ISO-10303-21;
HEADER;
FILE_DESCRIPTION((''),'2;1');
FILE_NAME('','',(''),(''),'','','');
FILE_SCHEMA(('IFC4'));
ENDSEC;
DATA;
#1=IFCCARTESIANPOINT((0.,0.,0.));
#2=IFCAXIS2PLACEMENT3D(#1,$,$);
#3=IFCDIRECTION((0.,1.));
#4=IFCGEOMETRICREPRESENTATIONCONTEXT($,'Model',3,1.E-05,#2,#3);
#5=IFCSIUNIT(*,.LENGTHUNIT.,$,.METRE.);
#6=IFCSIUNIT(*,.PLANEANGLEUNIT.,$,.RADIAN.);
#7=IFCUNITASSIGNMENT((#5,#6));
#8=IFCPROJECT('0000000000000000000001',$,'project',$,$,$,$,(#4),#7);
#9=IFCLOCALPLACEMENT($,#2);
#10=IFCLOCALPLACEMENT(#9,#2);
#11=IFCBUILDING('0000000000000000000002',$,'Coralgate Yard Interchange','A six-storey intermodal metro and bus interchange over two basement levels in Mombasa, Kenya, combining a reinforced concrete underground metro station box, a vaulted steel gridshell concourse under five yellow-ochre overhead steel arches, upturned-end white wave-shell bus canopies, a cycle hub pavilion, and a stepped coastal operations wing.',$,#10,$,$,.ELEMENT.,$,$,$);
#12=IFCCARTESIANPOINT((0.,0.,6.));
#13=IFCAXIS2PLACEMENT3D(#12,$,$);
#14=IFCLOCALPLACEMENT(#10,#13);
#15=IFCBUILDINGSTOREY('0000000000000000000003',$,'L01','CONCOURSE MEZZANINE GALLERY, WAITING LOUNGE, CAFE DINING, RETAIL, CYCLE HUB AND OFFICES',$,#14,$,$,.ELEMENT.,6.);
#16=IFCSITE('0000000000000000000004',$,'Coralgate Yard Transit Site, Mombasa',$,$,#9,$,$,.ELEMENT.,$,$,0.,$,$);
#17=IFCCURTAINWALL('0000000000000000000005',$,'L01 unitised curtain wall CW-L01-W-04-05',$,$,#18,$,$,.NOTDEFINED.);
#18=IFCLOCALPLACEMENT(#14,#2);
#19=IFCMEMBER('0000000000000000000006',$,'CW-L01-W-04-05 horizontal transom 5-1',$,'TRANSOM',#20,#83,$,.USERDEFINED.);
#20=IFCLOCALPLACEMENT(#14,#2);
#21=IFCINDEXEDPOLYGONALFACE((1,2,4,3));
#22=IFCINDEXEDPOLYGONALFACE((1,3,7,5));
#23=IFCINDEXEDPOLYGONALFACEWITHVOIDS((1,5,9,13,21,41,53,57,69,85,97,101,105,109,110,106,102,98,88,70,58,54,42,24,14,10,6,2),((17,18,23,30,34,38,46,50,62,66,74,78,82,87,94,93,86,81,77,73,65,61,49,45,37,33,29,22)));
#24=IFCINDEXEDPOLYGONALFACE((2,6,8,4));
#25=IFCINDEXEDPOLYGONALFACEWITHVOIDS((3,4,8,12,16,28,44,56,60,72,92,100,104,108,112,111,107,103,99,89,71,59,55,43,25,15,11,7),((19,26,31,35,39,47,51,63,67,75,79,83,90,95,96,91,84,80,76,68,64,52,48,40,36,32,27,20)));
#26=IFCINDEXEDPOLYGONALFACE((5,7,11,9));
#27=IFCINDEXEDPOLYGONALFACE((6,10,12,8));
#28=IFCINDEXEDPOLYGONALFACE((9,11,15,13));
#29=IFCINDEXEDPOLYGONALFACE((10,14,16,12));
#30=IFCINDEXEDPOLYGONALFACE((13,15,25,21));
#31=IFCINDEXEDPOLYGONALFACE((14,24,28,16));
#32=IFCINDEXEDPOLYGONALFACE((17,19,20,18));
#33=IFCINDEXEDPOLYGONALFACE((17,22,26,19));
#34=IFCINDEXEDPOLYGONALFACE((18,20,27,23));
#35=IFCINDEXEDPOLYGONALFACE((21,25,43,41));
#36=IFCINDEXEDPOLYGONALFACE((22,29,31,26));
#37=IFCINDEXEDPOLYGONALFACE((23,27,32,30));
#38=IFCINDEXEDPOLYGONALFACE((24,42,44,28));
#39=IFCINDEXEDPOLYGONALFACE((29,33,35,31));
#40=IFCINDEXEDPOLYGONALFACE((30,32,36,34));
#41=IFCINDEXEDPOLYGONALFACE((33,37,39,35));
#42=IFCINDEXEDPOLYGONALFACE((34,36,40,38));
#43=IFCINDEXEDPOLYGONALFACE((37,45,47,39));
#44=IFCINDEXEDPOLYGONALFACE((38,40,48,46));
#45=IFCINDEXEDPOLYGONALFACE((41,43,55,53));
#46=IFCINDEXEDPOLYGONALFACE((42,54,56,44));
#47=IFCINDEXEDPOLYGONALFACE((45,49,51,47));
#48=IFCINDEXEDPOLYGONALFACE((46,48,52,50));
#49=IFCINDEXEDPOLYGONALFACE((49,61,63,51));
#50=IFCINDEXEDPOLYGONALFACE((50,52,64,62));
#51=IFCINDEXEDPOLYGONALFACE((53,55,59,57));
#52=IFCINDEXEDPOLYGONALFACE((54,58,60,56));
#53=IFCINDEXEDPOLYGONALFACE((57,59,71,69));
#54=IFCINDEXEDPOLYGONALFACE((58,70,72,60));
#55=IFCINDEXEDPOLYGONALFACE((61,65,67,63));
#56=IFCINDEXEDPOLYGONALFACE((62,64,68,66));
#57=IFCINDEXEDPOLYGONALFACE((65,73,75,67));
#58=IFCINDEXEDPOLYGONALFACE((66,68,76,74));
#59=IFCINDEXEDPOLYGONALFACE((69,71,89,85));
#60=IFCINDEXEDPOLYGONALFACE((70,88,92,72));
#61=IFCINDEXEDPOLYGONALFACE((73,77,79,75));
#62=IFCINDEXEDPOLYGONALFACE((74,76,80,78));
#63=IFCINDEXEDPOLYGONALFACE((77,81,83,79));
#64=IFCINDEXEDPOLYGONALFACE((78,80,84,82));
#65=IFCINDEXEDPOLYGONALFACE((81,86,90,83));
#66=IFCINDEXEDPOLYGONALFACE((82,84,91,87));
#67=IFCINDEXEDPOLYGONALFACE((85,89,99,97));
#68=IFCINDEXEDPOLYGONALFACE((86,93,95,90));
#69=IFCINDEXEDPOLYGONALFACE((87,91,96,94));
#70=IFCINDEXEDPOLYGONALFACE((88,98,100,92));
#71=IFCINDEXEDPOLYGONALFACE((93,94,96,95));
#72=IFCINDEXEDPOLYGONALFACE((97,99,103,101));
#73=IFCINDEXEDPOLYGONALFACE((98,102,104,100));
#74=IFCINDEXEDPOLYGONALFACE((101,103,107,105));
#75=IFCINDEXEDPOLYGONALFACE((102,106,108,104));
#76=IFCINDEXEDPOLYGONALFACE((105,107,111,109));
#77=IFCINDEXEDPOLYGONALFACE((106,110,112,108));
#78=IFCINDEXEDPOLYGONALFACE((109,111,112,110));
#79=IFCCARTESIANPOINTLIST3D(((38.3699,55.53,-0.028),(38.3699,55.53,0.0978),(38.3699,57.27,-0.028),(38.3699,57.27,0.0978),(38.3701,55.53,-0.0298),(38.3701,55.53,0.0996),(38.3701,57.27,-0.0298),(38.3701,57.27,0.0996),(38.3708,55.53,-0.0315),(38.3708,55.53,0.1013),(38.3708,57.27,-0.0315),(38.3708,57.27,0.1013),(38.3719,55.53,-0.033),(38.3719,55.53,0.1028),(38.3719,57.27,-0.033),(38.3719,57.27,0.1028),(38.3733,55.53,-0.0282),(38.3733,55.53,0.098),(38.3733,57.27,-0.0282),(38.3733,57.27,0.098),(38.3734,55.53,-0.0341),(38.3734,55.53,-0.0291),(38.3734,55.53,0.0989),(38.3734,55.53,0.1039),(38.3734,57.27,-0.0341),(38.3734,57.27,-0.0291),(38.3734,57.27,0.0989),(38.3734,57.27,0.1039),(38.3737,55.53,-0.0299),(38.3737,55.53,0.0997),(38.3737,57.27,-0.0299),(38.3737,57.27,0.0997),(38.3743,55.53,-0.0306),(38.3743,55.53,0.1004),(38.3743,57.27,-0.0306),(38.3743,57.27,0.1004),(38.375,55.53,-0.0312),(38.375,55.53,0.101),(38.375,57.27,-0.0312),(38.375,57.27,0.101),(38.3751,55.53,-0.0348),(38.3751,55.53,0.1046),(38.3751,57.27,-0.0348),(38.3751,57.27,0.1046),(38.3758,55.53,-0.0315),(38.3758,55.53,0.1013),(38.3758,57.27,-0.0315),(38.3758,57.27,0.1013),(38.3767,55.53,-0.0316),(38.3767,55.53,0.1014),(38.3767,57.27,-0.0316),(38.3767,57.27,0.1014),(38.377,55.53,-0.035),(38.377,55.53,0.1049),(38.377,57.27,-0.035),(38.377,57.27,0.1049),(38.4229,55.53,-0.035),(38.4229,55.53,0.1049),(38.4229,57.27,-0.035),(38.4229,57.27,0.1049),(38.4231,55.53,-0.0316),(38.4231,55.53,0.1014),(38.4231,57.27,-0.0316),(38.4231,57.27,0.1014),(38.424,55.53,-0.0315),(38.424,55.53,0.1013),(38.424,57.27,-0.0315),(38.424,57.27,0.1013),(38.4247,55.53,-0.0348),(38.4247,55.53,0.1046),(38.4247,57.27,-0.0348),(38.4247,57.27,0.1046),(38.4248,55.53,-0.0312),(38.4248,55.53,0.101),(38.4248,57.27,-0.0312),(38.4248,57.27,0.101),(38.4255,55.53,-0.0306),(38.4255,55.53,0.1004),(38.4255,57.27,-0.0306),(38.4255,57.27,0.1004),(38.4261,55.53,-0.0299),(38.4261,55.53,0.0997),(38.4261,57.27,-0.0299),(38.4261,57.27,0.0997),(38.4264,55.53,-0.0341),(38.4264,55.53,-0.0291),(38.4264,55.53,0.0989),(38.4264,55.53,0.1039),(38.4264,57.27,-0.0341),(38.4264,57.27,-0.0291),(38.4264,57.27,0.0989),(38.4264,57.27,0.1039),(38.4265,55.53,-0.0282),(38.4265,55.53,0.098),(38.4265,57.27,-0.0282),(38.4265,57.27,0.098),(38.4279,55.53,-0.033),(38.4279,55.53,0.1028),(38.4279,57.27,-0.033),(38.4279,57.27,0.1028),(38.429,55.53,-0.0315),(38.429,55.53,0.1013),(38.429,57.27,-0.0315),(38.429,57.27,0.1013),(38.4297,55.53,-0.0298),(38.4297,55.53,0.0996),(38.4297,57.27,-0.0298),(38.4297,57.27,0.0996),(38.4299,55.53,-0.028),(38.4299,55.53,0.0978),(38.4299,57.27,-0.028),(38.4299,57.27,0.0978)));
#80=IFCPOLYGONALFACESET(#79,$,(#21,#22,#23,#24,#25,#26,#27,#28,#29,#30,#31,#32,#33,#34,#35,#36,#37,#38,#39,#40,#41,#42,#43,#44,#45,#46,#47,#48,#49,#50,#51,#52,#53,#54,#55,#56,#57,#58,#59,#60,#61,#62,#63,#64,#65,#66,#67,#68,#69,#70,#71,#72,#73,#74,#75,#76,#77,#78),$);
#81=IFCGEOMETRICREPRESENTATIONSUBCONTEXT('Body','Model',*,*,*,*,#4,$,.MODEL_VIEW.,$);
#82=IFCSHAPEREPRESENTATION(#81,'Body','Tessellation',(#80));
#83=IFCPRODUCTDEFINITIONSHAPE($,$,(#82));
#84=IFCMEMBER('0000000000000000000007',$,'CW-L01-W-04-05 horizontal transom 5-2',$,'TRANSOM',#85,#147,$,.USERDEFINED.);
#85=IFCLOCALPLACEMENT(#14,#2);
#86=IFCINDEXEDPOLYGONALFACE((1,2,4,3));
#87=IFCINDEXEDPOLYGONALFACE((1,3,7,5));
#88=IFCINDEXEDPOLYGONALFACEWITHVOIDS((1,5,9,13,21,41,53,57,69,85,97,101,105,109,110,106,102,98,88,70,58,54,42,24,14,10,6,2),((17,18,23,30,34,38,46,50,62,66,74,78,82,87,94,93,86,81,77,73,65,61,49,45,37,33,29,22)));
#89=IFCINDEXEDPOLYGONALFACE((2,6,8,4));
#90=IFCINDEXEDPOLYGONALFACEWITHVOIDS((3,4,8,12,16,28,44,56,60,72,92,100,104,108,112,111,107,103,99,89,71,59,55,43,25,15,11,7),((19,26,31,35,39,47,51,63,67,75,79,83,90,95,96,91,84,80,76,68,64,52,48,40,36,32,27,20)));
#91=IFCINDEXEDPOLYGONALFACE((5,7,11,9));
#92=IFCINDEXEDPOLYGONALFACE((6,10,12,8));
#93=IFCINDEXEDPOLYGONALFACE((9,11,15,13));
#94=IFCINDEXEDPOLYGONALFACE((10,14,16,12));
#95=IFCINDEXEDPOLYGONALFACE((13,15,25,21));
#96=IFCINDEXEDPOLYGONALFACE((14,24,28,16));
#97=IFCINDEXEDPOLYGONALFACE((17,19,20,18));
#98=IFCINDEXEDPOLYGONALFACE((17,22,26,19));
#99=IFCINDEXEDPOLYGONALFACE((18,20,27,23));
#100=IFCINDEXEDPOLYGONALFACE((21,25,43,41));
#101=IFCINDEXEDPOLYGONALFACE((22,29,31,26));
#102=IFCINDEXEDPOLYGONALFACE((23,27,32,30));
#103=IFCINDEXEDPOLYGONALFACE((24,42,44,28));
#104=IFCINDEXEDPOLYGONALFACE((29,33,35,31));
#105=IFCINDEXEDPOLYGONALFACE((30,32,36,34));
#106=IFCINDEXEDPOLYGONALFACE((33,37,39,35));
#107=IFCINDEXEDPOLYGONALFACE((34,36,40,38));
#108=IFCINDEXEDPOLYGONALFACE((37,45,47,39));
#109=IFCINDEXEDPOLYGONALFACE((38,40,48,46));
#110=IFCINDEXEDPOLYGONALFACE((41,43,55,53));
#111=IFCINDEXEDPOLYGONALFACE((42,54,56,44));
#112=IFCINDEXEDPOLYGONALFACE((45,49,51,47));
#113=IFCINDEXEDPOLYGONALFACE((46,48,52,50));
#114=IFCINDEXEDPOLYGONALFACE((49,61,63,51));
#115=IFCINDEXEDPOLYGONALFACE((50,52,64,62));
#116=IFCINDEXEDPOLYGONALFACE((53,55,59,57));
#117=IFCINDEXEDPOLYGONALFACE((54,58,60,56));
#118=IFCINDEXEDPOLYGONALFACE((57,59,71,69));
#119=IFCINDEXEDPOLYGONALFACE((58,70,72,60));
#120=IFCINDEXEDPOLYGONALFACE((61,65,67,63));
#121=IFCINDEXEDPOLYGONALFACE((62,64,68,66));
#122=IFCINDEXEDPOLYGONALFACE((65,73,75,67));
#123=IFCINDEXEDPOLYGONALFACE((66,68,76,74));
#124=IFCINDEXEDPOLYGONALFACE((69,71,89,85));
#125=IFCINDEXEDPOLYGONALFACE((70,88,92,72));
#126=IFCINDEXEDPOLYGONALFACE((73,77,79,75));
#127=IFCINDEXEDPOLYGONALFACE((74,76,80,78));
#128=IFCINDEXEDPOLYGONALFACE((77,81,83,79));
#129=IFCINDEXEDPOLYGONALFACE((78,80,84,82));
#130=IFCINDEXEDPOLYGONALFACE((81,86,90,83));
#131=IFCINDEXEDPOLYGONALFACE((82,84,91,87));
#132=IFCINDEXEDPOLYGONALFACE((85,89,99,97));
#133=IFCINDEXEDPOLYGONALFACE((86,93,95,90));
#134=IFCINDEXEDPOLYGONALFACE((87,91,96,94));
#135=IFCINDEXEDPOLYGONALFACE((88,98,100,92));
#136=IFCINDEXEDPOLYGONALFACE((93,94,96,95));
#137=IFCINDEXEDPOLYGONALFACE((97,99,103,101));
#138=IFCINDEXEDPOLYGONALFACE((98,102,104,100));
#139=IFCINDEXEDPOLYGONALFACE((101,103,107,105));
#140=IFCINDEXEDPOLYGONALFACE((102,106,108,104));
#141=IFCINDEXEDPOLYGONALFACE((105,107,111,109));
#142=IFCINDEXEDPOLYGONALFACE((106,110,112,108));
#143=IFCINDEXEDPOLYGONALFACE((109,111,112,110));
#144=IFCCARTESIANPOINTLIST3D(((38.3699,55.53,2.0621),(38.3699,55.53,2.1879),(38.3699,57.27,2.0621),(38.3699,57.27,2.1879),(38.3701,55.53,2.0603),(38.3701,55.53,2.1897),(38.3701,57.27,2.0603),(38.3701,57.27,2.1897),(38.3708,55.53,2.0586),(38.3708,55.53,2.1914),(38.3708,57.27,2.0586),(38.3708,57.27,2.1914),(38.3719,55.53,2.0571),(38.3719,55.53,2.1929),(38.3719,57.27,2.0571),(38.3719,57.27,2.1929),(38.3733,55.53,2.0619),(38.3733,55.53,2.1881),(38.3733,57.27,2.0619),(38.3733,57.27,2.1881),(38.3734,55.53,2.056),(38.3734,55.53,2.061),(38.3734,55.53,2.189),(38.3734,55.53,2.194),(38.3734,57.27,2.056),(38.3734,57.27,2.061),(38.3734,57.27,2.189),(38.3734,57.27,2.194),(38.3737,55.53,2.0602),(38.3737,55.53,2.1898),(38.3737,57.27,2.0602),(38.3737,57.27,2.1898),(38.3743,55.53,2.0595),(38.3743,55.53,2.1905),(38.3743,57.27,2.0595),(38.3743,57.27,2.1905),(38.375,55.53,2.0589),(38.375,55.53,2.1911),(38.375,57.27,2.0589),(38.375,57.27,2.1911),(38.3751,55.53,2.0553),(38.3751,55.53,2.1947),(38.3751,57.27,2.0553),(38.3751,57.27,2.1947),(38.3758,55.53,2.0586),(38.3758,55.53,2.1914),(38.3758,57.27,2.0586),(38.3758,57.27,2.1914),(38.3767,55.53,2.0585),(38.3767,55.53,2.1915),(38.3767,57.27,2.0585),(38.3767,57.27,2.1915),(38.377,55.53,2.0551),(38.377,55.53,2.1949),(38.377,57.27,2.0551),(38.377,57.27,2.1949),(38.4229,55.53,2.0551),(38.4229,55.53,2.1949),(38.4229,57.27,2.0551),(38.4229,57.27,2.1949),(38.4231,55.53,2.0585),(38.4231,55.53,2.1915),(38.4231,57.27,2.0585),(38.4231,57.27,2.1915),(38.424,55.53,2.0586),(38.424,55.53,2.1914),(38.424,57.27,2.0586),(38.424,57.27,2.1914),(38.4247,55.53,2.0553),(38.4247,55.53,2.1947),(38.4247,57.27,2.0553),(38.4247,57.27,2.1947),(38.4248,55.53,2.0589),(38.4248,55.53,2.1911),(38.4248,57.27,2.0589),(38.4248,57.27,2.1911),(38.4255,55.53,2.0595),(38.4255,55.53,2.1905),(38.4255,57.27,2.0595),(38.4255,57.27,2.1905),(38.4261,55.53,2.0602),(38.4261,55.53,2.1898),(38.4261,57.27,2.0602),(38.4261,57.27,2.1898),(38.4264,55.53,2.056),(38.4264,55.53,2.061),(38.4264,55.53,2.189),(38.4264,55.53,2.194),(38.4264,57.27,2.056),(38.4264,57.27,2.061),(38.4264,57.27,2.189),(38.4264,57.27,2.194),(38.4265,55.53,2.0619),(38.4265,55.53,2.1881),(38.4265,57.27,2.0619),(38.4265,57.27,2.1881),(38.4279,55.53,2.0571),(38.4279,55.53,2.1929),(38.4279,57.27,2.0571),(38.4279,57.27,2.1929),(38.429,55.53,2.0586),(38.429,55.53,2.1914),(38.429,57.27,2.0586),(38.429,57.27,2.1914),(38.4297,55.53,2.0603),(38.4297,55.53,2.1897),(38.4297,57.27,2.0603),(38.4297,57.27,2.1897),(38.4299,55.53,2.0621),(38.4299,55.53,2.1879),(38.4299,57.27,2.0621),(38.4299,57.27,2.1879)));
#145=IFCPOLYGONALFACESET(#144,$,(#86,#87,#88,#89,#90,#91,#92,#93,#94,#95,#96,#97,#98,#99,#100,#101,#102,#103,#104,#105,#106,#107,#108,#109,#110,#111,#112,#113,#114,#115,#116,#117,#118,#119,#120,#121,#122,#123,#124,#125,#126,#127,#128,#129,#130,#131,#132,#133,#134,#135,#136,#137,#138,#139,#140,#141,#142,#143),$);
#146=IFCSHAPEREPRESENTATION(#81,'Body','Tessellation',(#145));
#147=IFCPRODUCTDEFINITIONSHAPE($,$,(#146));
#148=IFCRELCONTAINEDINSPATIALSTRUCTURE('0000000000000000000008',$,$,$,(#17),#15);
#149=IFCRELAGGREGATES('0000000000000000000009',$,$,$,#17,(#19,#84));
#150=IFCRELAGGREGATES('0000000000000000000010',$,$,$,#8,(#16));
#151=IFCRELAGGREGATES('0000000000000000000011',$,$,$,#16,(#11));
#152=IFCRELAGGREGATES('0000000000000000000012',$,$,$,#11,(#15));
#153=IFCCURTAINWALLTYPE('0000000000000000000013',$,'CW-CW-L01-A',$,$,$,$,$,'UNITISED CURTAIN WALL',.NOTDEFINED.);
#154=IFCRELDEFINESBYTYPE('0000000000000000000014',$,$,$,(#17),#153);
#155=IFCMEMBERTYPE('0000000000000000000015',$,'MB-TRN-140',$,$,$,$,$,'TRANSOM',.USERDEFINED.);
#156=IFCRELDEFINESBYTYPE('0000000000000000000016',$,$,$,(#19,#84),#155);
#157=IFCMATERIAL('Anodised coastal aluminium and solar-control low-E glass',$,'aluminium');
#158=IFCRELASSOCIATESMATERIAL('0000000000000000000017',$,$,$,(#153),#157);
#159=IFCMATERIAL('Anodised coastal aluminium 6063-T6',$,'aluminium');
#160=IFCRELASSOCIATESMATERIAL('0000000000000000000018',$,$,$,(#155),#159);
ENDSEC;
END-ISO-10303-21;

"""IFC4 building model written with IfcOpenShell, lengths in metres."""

from ifc_helpers import new_model, si_unit, direction, frame, origin, origin_2d, place, context, subcontext, project, spatial, hollow_rectangle, extrude, material, material_profile, profile_set, type_object, element, aggregate, save


model = new_model("IFC4")

# Units and contexts
model_context = context("Model", 3, precision=1e-05, world=origin(), true_north=direction((0.0, 1.0)))
body_context = subcontext(model_context, "Body", "Model", "MODEL_VIEW")
ifc_project = project(units=[si_unit("LENGTHUNIT", "METRE"), si_unit("PLANEANGLEUNIT", "RADIAN")], contexts=[model_context])

# Site, building, storey
site_placement = place(None, origin())
site = spatial("IfcSite", under=ifc_project, at=site_placement, Name="Coralgate Yard Transit Site, Mombasa", CompositionType="ELEMENT", RefElevation=0.0)
building_placement = place(site_placement, origin())
building = spatial("IfcBuilding", under=site, at=building_placement, Name="Coralgate Yard Interchange", Description="A six-storey intermodal metro and bus interchange over two basement levels in Mombasa, Kenya, combining a reinforced concrete underground metro station box, a vaulted steel gridshell concourse under five yellow-ochre overhead steel arches, upturned-end white wave-shell bus canopies, a cycle hub pavilion, and a stepped coastal operations wing.", CompositionType="ELEMENT")
storey_placement = place(building_placement, frame((0.0, 0.0, 6.0)))
storey = spatial("IfcBuildingStorey", under=building, at=storey_placement, Name="L01", Description="CONCOURSE MEZZANINE GALLERY, WAITING LOUNGE, CAFE DINING, RETAIL, CYCLE HUB AND OFFICES", CompositionType="ELEMENT", Elevation=6.0)

# Curtain wall
ifc_material_1 = material(Name="Anodised coastal aluminium and solar-control low-E glass", Category="aluminium")
curtain_wall_type_1 = type_object("IfcCurtainWallType", Name="CW-CW-L01-A", ElementType="UNITISED CURTAIN WALL", PredefinedType="NOTDEFINED", material=ifc_material_1)
curtain_wall_1_placement = place(storey_placement, origin())
curtain_wall_1 = element("IfcCurtainWall", 1, at=curtain_wall_1_placement, inside=storey, type_object=curtain_wall_type_1, Name="L01 unitised curtain wall CW-L01-W-04-05", PredefinedType="NOTDEFINED")
ifc_material_2 = material(Name="Anodised coastal aluminium 6063-T6", Category="aluminium")

# Members
ifc_material_profile_1 = material_profile(ifc_material_2, hollow_rectangle(XDim=0.0601, YDim=0.1399, WallThickness=0.0034, InnerFilletRadius=0.0034, OuterFilletRadius=0.0071, at=origin_2d()), Name="ALU 60x140x3.5")
ifc_profile_set_1 = profile_set([ifc_material_profile_1], Name="Anodised coastal aluminium 6063-T6")
member_type_1 = type_object("IfcMemberType", Name="MB-TRN-140", ElementType="TRANSOM", PredefinedType="USERDEFINED", material=ifc_profile_set_1)
member_1_placement = place(storey_placement, frame((38.3999, 55.53, 0.0349), z_axis=(0.0, 1.0, 0.0), x_axis=(-1.0, 0.0, 0.0)))
member_1 = element("IfcMember", 2, at=member_1_placement, type_object=member_type_1, Name="CW-L01-W-04-05 horizontal transom 5-1", ObjectType="TRANSOM", PredefinedType="USERDEFINED", context=body_context, shape_type="SweptSolid", body=[
    extrude(hollow_rectangle(XDim=0.0601, YDim=0.1399, WallThickness=0.0034, InnerFilletRadius=0.0034, OuterFilletRadius=0.0071, at=origin_2d()), origin(), (0.0, 0.0, 1.0), 1.74),
])
member_2_placement = place(storey_placement, frame((38.3999, 55.53, 2.125), z_axis=(0.0, 1.0, 0.0), x_axis=(-1.0, 0.0, 0.0)))
member_2 = element("IfcMember", 3, at=member_2_placement, type_object=member_type_1, Name="CW-L01-W-04-05 horizontal transom 5-2", ObjectType="TRANSOM", PredefinedType="USERDEFINED", context=body_context, shape_type="SweptSolid", body=[
    extrude(hollow_rectangle(XDim=0.0601, YDim=0.1399, WallThickness=0.0034, InnerFilletRadius=0.0034, OuterFilletRadius=0.0071, at=origin_2d()), origin(), (0.0, 0.0, 1.0), 1.74),
])

aggregate(curtain_wall_1, [member_1, member_2])

save(model, "model.ifc")
